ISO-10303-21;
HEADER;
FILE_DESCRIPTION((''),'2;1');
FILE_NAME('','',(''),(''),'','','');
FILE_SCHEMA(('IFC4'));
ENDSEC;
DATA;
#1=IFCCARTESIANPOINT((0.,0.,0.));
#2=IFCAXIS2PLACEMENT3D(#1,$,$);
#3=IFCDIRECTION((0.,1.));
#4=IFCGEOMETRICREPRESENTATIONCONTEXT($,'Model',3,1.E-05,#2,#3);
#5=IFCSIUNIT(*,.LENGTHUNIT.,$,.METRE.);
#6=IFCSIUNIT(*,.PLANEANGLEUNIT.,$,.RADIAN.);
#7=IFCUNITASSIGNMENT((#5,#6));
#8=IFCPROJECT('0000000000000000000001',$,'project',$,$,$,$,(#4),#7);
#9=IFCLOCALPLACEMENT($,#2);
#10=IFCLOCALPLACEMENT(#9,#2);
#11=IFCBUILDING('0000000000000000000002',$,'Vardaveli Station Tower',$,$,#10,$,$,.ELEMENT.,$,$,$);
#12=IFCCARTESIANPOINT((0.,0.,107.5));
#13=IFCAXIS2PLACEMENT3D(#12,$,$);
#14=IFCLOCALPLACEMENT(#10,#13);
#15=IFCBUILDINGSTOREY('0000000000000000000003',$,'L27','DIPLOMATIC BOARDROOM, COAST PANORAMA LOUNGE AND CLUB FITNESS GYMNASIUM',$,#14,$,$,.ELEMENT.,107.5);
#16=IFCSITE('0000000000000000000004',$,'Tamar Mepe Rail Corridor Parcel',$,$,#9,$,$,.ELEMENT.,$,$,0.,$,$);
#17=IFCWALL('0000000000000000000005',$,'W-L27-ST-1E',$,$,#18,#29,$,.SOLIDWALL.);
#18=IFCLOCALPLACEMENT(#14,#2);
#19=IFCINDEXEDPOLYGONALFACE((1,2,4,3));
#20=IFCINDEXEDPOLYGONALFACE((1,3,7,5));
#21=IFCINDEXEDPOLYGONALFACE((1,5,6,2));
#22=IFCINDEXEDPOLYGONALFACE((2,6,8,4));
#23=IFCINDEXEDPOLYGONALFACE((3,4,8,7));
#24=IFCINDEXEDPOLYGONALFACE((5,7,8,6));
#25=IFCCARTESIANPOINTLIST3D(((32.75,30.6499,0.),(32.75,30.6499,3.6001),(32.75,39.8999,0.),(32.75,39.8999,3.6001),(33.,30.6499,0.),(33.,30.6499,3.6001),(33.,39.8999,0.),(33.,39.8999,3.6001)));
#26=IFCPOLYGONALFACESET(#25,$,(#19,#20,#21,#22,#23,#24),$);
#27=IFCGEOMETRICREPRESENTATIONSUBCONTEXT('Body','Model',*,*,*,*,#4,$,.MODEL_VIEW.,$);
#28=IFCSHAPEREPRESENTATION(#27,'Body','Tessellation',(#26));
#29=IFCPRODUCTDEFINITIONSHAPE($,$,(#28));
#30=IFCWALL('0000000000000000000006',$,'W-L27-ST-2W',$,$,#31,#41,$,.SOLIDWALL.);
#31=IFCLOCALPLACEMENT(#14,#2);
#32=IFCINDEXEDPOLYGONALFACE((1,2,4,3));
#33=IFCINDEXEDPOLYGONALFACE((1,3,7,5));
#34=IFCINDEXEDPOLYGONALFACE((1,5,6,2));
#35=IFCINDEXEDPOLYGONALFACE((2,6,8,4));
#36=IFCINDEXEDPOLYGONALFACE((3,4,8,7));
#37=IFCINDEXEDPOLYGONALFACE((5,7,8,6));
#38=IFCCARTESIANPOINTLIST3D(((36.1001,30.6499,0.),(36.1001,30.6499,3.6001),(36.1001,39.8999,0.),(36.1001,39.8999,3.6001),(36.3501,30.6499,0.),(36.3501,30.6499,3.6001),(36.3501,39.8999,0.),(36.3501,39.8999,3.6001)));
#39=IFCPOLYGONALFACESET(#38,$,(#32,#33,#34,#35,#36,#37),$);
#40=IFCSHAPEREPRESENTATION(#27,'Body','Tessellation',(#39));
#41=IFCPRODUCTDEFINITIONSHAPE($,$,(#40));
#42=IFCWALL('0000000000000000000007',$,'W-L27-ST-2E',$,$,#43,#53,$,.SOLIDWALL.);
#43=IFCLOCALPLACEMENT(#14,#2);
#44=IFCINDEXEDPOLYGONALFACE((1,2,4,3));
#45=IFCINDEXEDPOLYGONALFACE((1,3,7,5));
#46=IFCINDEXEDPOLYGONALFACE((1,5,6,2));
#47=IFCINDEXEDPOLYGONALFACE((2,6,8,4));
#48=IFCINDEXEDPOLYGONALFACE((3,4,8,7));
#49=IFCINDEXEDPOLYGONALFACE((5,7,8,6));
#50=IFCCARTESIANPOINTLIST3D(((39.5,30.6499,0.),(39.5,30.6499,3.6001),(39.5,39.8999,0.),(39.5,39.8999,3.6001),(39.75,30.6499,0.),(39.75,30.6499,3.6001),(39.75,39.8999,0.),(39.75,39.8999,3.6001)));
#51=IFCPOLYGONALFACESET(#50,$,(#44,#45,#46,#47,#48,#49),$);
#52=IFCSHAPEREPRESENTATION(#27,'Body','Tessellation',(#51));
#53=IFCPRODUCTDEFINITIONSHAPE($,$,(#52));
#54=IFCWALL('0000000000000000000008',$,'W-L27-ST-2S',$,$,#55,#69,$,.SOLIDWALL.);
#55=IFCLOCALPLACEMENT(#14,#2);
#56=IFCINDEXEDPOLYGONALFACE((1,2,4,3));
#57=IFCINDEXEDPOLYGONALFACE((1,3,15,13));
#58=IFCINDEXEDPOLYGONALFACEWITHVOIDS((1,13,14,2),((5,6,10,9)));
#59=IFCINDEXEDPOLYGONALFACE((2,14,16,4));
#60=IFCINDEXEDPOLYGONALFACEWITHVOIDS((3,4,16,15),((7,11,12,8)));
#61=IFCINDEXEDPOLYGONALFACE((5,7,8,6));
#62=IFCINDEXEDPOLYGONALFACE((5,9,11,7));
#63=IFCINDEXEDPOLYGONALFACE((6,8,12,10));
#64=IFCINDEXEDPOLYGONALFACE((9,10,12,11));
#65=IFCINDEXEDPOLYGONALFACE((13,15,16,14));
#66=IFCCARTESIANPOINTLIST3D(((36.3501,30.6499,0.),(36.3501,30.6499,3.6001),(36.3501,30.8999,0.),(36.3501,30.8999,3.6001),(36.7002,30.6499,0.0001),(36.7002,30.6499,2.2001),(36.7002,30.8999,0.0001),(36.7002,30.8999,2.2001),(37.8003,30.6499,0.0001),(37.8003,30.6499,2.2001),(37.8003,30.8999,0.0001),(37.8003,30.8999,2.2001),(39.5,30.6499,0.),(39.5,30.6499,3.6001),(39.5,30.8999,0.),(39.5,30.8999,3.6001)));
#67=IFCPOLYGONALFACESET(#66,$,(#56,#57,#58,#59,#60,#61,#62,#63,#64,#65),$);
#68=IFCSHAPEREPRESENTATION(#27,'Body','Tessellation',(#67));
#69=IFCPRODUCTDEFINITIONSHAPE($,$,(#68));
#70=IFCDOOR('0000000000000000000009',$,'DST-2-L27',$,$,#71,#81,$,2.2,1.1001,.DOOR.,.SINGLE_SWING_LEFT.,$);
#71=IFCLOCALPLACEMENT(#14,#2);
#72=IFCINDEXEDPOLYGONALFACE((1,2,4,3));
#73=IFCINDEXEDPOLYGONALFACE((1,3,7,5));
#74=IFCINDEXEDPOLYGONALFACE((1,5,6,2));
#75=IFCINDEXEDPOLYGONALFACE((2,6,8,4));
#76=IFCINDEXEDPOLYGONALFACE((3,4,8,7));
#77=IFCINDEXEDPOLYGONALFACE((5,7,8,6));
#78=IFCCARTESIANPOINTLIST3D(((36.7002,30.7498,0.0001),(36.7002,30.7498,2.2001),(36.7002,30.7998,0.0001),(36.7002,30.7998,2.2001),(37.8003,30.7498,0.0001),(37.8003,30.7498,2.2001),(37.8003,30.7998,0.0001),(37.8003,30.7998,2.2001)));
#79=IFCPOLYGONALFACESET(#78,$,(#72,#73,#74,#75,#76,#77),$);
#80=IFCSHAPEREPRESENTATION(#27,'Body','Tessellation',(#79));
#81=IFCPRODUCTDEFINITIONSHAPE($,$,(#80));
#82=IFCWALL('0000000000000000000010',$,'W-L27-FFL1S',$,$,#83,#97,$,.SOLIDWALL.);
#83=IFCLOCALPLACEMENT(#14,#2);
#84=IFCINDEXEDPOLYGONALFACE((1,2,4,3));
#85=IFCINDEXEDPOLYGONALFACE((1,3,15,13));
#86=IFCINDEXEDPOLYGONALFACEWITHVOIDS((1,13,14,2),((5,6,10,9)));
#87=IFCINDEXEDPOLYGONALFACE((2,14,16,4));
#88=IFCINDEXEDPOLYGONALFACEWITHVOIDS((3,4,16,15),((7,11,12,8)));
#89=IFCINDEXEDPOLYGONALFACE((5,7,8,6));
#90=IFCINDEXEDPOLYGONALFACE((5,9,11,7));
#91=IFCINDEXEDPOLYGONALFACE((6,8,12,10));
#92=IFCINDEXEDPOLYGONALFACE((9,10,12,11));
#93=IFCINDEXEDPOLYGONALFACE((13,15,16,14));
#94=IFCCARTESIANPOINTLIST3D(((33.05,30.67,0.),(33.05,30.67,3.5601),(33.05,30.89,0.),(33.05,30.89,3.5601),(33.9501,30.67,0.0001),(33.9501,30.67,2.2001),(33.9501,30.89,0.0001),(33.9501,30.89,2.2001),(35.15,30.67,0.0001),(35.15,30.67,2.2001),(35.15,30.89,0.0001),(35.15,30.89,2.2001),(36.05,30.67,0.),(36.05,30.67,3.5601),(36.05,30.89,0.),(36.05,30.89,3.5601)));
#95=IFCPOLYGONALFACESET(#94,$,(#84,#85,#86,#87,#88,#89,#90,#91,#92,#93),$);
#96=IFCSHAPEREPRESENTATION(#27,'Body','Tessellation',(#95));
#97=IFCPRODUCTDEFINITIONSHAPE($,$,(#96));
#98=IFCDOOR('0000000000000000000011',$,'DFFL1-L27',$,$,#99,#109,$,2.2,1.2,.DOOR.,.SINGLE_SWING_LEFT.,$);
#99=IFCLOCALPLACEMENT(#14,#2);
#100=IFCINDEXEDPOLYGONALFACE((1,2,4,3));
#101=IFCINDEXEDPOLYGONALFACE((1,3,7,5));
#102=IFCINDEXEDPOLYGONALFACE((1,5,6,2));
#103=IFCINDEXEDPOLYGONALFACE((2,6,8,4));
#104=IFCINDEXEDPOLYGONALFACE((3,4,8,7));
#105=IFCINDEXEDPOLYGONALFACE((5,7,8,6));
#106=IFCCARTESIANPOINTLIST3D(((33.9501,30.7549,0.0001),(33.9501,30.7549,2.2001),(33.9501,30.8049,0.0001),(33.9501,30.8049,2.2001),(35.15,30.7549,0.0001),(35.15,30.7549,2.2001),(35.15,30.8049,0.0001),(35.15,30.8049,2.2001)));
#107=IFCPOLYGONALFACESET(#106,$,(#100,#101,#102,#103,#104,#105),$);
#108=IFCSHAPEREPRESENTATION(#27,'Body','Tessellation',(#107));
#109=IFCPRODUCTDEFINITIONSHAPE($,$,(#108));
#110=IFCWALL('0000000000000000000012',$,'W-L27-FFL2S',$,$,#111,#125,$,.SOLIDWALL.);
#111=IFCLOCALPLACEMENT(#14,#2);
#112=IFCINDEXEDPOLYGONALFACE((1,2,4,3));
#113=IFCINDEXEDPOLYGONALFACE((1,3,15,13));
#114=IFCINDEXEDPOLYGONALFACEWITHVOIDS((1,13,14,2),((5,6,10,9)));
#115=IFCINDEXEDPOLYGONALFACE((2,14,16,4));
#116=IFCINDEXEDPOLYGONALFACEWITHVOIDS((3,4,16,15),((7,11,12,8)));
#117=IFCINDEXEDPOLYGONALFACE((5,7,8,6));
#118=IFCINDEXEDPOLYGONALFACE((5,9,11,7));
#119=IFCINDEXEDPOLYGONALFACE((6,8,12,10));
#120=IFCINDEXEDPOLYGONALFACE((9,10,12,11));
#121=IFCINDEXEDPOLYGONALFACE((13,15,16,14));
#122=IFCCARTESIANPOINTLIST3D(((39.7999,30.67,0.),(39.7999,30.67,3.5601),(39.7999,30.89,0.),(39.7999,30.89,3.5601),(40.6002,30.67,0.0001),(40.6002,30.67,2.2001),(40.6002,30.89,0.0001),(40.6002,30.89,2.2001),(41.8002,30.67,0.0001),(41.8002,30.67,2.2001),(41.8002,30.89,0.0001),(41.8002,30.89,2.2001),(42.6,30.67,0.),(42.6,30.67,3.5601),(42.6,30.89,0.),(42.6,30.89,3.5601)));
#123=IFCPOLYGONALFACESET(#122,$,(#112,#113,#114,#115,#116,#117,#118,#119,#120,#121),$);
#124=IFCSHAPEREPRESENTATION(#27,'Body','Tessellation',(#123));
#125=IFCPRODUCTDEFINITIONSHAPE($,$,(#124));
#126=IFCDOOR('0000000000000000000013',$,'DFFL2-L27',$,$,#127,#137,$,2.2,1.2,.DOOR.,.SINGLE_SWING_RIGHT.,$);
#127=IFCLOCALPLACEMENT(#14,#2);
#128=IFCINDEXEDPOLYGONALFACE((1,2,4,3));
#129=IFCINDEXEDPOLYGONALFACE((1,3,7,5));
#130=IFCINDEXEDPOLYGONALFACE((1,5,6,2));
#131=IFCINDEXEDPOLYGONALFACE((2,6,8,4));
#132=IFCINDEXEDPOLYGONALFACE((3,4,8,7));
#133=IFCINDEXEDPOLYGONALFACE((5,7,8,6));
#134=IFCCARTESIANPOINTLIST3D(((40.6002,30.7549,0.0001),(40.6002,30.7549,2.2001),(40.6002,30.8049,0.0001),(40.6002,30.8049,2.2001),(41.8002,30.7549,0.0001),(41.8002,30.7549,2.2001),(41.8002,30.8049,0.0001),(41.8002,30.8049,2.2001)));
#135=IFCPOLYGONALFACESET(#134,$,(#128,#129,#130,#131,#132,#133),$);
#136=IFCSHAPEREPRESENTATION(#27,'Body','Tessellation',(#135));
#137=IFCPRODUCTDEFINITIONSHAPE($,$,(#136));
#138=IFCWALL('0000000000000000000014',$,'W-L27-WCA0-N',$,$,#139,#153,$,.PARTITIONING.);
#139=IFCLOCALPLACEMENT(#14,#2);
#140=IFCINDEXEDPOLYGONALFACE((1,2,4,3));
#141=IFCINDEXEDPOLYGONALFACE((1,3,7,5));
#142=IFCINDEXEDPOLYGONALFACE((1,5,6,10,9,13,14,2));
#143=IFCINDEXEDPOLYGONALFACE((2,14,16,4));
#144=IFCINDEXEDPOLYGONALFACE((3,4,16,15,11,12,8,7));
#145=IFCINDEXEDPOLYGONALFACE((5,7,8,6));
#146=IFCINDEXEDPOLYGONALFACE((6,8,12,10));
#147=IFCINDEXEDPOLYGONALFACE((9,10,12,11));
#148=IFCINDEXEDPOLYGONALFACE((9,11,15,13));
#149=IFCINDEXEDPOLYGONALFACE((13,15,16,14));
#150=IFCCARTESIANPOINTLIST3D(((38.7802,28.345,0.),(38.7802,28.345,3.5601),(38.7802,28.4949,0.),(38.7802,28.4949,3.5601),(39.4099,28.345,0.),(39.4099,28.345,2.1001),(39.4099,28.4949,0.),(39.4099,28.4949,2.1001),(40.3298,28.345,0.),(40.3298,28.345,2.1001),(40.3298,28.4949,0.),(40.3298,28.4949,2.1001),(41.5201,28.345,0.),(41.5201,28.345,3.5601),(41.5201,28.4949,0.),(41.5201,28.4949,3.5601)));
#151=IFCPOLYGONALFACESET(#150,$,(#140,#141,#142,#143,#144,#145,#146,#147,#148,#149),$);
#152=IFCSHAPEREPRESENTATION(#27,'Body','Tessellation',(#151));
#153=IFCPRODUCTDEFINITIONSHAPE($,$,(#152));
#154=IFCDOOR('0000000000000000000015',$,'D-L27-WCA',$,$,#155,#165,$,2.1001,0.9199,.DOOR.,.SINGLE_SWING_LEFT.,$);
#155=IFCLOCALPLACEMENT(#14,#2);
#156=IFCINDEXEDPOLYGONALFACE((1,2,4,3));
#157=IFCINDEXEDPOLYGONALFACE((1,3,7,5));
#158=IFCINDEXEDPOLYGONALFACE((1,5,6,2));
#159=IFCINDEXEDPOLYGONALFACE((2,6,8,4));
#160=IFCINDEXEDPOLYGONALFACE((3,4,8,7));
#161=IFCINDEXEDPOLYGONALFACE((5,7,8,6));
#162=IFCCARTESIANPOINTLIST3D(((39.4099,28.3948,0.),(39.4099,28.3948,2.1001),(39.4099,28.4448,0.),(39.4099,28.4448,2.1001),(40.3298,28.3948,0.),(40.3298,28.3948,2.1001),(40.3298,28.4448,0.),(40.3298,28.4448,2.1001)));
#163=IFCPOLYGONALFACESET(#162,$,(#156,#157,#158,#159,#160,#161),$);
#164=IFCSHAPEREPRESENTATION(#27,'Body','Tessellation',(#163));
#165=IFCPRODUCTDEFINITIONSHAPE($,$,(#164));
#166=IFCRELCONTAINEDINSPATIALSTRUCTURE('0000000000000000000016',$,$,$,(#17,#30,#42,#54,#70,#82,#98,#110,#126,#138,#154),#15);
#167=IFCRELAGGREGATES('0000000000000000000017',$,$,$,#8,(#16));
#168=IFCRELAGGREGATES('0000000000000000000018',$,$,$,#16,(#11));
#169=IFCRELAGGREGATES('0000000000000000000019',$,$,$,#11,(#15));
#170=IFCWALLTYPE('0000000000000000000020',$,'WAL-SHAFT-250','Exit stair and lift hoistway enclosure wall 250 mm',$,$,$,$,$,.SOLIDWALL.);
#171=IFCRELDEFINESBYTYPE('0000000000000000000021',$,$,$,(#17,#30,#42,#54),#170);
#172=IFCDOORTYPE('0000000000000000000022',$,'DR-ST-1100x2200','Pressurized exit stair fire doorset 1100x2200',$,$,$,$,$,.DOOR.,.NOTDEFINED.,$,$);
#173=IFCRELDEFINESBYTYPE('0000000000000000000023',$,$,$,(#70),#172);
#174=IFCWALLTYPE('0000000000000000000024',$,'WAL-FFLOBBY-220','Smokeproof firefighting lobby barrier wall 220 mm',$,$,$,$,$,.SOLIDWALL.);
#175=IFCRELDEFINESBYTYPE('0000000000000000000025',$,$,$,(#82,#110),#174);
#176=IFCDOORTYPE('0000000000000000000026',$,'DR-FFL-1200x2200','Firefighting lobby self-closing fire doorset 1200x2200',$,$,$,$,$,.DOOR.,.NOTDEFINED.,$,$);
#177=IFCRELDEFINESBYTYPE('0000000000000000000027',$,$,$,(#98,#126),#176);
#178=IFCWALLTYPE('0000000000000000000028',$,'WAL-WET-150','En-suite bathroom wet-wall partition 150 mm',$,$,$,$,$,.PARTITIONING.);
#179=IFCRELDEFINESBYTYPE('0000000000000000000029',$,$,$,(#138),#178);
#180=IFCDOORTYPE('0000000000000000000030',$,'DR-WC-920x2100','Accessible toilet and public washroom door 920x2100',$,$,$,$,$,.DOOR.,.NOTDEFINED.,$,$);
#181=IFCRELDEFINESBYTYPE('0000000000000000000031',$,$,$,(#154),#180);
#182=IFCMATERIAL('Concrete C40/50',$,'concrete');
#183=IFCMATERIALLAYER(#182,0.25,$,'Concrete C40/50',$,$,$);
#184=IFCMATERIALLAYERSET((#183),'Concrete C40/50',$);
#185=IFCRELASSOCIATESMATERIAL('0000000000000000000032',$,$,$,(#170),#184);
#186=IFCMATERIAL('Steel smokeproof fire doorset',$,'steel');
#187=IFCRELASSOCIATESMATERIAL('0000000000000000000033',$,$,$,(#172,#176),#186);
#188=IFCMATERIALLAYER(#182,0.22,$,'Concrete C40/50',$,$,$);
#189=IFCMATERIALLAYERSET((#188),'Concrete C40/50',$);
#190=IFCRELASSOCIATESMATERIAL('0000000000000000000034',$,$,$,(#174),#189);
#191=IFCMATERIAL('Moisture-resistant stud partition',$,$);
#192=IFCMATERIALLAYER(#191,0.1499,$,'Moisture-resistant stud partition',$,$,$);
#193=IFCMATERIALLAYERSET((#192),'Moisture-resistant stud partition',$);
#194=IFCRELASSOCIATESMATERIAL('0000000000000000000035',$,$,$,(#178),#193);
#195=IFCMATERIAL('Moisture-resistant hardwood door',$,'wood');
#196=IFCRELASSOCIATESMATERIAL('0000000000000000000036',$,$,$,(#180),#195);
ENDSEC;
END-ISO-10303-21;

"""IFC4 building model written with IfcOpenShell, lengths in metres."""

from ifc_helpers import new_model, si_unit, direction, frame, frame_2d, origin, place, context, subcontext, project, spatial, rectangle, extrude, source, transform, mapped, material, layer, layer_set, type_object, element, fill, save


model = new_model("IFC4")

# Units and contexts
model_context = context("Model", 3, precision=1e-05, world=origin(), true_north=direction((0.0, 1.0)))
body_context = subcontext(model_context, "Body", "Model", "MODEL_VIEW")
ifc_project = project(units=[si_unit("LENGTHUNIT", "METRE"), si_unit("PLANEANGLEUNIT", "RADIAN")], contexts=[model_context])

# Site, building, storey
site_placement = place(None, origin())
site = spatial("IfcSite", under=ifc_project, at=site_placement, Name="Tamar Mepe Rail Corridor Parcel", CompositionType="ELEMENT", RefElevation=0.0)
building_placement = place(site_placement, origin())
building = spatial("IfcBuilding", under=site, at=building_placement, Name="Vardaveli Station Tower", CompositionType="ELEMENT")
storey_placement = place(building_placement, frame((0.0, 0.0, 107.5)))
storey = spatial("IfcBuildingStorey", under=building, at=storey_placement, Name="L27", Description="DIPLOMATIC BOARDROOM, COAST PANORAMA LOUNGE AND CLUB FITNESS GYMNASIUM", CompositionType="ELEMENT", Elevation=107.5)

# Walls
ifc_material_1 = material(Name="Concrete C40/50", Category="concrete")
ifc_layer_1 = layer(ifc_material_1, 0.25, Name="Concrete C40/50")
ifc_layer_set_1 = layer_set([ifc_layer_1], Name="Concrete C40/50")
wall_type_1 = type_object("IfcWallType", Name="WAL-SHAFT-250", Description="Exit stair and lift hoistway enclosure wall 250 mm", PredefinedType="SOLIDWALL", material=ifc_layer_set_1)
shared_shape_1 = source(origin(), body_context, "Body", "SweptSolid", [
    extrude(rectangle(XDim=9.25, YDim=0.25, at=frame_2d((4.625, 0.0))), origin(), (0.0, 0.0, 1.0), 3.6001),
])
for number, where, z_axis, x_axis, name in (
    (1, (32.875, 30.6499, 0.0), (0.0, 0.0, 1.0), (0.0, 1.0, 0.0), "W-L27-ST-1E"),
    (2, (36.2251, 30.6499, 0.0), (0.0, 0.0, 1.0), (0.0, 1.0, 0.0), "W-L27-ST-2W"),
    (3, (39.625, 30.6499, 0.0), (0.0, 0.0, 1.0), (0.0, 1.0, 0.0), "W-L27-ST-2E"),
):
    element("IfcWall", number, at=place(storey_placement, frame(where, z_axis=z_axis, x_axis=x_axis)), inside=storey, type_object=wall_type_1, Name=name, PredefinedType="SOLIDWALL", context=body_context, shape_type="MappedRepresentation", body=[
        mapped(shared_shape_1, transform((0.0, 0.0, 0.0), scale=1.0)),
    ])

# Walls, openings, doors
shared_shape_2 = source(origin(), body_context, "Body", "SweptSolid", [
    extrude(rectangle(XDim=3.1499, YDim=0.25, at=frame_2d((1.575, 0.0))), origin(), (0.0, 0.0, 1.0), 3.6001),
])
wall_1_placement = place(storey_placement, frame((36.3501, 30.7749, 0.0), z_axis=(0.0, 0.0, 1.0), x_axis=(1.0, 0.0, 0.0)))
wall_1 = element("IfcWall", 4, at=wall_1_placement, inside=storey, type_object=wall_type_1, Name="W-L27-ST-2S", PredefinedType="SOLIDWALL", context=body_context, shape_type="MappedRepresentation", body=[
    mapped(shared_shape_2, transform((0.0, 0.0, 0.0), scale=1.0)),
])
shared_shape_3 = source(origin(), body_context, "Body", "SweptSolid", [
    extrude(rectangle(XDim=1.1001, YDim=2.2, at=frame_2d((0.55, 1.1001))), frame((0.0, 0.135, 0.0), z_axis=(0.0, -1.0, 0.0), x_axis=(1.0, 0.0, 0.0)), (0.0, 0.0, 1.0), 0.27),
])
opening_1_placement = place(wall_1_placement, frame((0.3501, 0.0, 0.0)))
opening_1 = element("IfcOpeningElement", 5, at=opening_1_placement, cuts=wall_1, PredefinedType="OPENING", context=body_context, shape_type="MappedRepresentation", body=[
    mapped(shared_shape_3, transform((0.0, 0.0, 0.0), scale=1.0)),
])
ifc_material_2 = material(Name="Steel smokeproof fire doorset", Category="steel")
door_type_1 = type_object("IfcDoorType", Name="DR-ST-1100x2200", Description="Pressurized exit stair fire doorset 1100x2200", OperationType="NOTDEFINED", PredefinedType="DOOR", material=ifc_material_2)
shared_shape_4 = source(origin(), body_context, "Body", "SweptSolid", [
    extrude(rectangle(XDim=1.1001, YDim=2.2, at=frame_2d((0.55, 1.1001))), frame((0.0, 0.0249, 0.0), z_axis=(0.0, -1.0, 0.0), x_axis=(1.0, 0.0, 0.0)), (0.0, 0.0, 1.0), 0.05),
])
door_1_placement = place(opening_1_placement, origin())
door_1 = element("IfcDoor", 6, at=door_1_placement, inside=storey, type_object=door_type_1, Name="DST-2-L27", OperationType="SINGLE_SWING_LEFT", OverallHeight=2.2, OverallWidth=1.1001, PredefinedType="DOOR", context=body_context, shape_type="MappedRepresentation", body=[
    mapped(shared_shape_4, transform((0.0, 0.0, 0.0), scale=1.0)),
])
fill(opening_1, door_1)
ifc_layer_2 = layer(ifc_material_1, 0.22, Name="Concrete C40/50")
ifc_layer_set_2 = layer_set([ifc_layer_2], Name="Concrete C40/50")
wall_type_2 = type_object("IfcWallType", Name="WAL-FFLOBBY-220", Description="Smokeproof firefighting lobby barrier wall 220 mm", PredefinedType="SOLIDWALL", material=ifc_layer_set_2)
shared_shape_5 = source(origin(), body_context, "Body", "SweptSolid", [
    extrude(rectangle(XDim=3.0, YDim=0.22, at=frame_2d((1.5, 0.0))), origin(), (0.0, 0.0, 1.0), 3.5601),
])
wall_2_placement = place(storey_placement, frame((33.05, 30.78, 0.0), z_axis=(0.0, 0.0, 1.0), x_axis=(1.0, 0.0, 0.0)))
wall_2 = element("IfcWall", 7, at=wall_2_placement, inside=storey, type_object=wall_type_2, Name="W-L27-FFL1S", PredefinedType="SOLIDWALL", context=body_context, shape_type="MappedRepresentation", body=[
    mapped(shared_shape_5, transform((0.0, 0.0, 0.0), scale=1.0)),
])
shared_shape_6 = source(origin(), body_context, "Body", "SweptSolid", [
    extrude(rectangle(XDim=1.2, YDim=2.2, at=frame_2d((0.6001, 1.1001))), frame((0.0, 0.1201, 0.0), z_axis=(0.0, -1.0, 0.0), x_axis=(1.0, 0.0, 0.0)), (0.0, 0.0, 1.0), 0.24),
])
opening_2_placement = place(wall_2_placement, frame((0.8999, 0.0, 0.0)))
opening_2 = element("IfcOpeningElement", 8, at=opening_2_placement, cuts=wall_2, PredefinedType="OPENING", context=body_context, shape_type="MappedRepresentation", body=[
    mapped(shared_shape_6, transform((0.0, 0.0, 0.0), scale=1.0)),
])
door_type_2 = type_object("IfcDoorType", Name="DR-FFL-1200x2200", Description="Firefighting lobby self-closing fire doorset 1200x2200", OperationType="NOTDEFINED", PredefinedType="DOOR", material=ifc_material_2)
shared_shape_7 = source(origin(), body_context, "Body", "SweptSolid", [
    extrude(rectangle(XDim=1.2, YDim=2.2, at=frame_2d((0.6001, 1.1001))), frame((0.0, 0.0249, 0.0), z_axis=(0.0, -1.0, 0.0), x_axis=(1.0, 0.0, 0.0)), (0.0, 0.0, 1.0), 0.05),
])
door_2_placement = place(opening_2_placement, origin())
door_2 = element("IfcDoor", 9, at=door_2_placement, inside=storey, type_object=door_type_2, Name="DFFL1-L27", OperationType="SINGLE_SWING_LEFT", OverallHeight=2.2, OverallWidth=1.2, PredefinedType="DOOR", context=body_context, shape_type="MappedRepresentation", body=[
    mapped(shared_shape_7, transform((0.0, 0.0, 0.0), scale=1.0)),
])
fill(opening_2, door_2)
shared_shape_8 = source(origin(), body_context, "Body", "SweptSolid", [
    extrude(rectangle(XDim=2.8, YDim=0.22, at=frame_2d((1.3999, 0.0))), origin(), (0.0, 0.0, 1.0), 3.5601),
])
wall_3_placement = place(storey_placement, frame((39.8, 30.78, 0.0), z_axis=(0.0, 0.0, 1.0), x_axis=(1.0, 0.0, 0.0)))
wall_3 = element("IfcWall", 10, at=wall_3_placement, inside=storey, type_object=wall_type_2, Name="W-L27-FFL2S", PredefinedType="SOLIDWALL", context=body_context, shape_type="MappedRepresentation", body=[
    mapped(shared_shape_8, transform((0.0, 0.0, 0.0), scale=1.0)),
])
opening_3_placement = place(wall_3_placement, frame((0.8, 0.0, 0.0)))
opening_3 = element("IfcOpeningElement", 11, at=opening_3_placement, cuts=wall_3, PredefinedType="OPENING", context=body_context, shape_type="MappedRepresentation", body=[
    mapped(shared_shape_6, transform((0.0, 0.0, 0.0), scale=1.0)),
])
door_3_placement = place(opening_3_placement, origin())
door_3 = element("IfcDoor", 12, at=door_3_placement, inside=storey, type_object=door_type_2, Name="DFFL2-L27", OperationType="SINGLE_SWING_RIGHT", OverallHeight=2.2, OverallWidth=1.2, PredefinedType="DOOR", context=body_context, shape_type="MappedRepresentation", body=[
    mapped(shared_shape_7, transform((0.0, 0.0, 0.0), scale=1.0)),
])
fill(opening_3, door_3)
ifc_material_3 = material(Name="Moisture-resistant stud partition")
ifc_layer_3 = layer(ifc_material_3, 0.1499, Name="Moisture-resistant stud partition")
ifc_layer_set_3 = layer_set([ifc_layer_3], Name="Moisture-resistant stud partition")
wall_type_3 = type_object("IfcWallType", Name="WAL-WET-150", Description="En-suite bathroom wet-wall partition 150 mm", PredefinedType="PARTITIONING", material=ifc_layer_set_3)
shared_shape_9 = source(origin(), body_context, "Body", "SweptSolid", [
    extrude(rectangle(XDim=2.74, YDim=0.1499, at=frame_2d((1.3701, 0.0))), origin(), (0.0, 0.0, 1.0), 3.5601),
])
wall_4_placement = place(storey_placement, frame((38.78, 28.4199, 0.0), z_axis=(0.0, 0.0, 1.0), x_axis=(1.0, 0.0, 0.0)))
wall_4 = element("IfcWall", 13, at=wall_4_placement, inside=storey, type_object=wall_type_3, Name="W-L27-WCA0-N", PredefinedType="PARTITIONING", context=body_context, shape_type="MappedRepresentation", body=[
    mapped(shared_shape_9, transform((0.0, 0.0, 0.0), scale=1.0)),
])
shared_shape_10 = source(origin(), body_context, "Body", "SweptSolid", [
    extrude(rectangle(XDim=0.9199, YDim=2.1001, at=frame_2d((0.46, 1.05))), frame((0.0, 0.085, 0.0), z_axis=(0.0, -1.0, 0.0), x_axis=(1.0, 0.0, 0.0)), (0.0, 0.0, 1.0), 0.1699),
])
opening_4_placement = place(wall_4_placement, frame((0.6299, 0.0, 0.0)))
opening_4 = element("IfcOpeningElement", 14, at=opening_4_placement, cuts=wall_4, PredefinedType="OPENING", context=body_context, shape_type="MappedRepresentation", body=[
    mapped(shared_shape_10, transform((0.0, 0.0, 0.0), scale=1.0)),
])
ifc_material_4 = material(Name="Moisture-resistant hardwood door", Category="wood")
door_type_3 = type_object("IfcDoorType", Name="DR-WC-920x2100", Description="Accessible toilet and public washroom door 920x2100", OperationType="NOTDEFINED", PredefinedType="DOOR", material=ifc_material_4)
shared_shape_11 = source(origin(), body_context, "Body", "SweptSolid", [
    extrude(rectangle(XDim=0.9199, YDim=2.1001, at=frame_2d((0.46, 1.05))), frame((0.0, 0.0249, 0.0), z_axis=(0.0, -1.0, 0.0), x_axis=(1.0, 0.0, 0.0)), (0.0, 0.0, 1.0), 0.05),
])
door_4_placement = place(opening_4_placement, origin())
door_4 = element("IfcDoor", 15, at=door_4_placement, inside=storey, type_object=door_type_3, Name="D-L27-WCA", OperationType="SINGLE_SWING_LEFT", OverallHeight=2.1001, OverallWidth=0.9199, PredefinedType="DOOR", context=body_context, shape_type="MappedRepresentation", body=[
    mapped(shared_shape_11, transform((0.0, 0.0, 0.0), scale=1.0)),
])
fill(opening_4, door_4)

save(model, "model.ifc")
